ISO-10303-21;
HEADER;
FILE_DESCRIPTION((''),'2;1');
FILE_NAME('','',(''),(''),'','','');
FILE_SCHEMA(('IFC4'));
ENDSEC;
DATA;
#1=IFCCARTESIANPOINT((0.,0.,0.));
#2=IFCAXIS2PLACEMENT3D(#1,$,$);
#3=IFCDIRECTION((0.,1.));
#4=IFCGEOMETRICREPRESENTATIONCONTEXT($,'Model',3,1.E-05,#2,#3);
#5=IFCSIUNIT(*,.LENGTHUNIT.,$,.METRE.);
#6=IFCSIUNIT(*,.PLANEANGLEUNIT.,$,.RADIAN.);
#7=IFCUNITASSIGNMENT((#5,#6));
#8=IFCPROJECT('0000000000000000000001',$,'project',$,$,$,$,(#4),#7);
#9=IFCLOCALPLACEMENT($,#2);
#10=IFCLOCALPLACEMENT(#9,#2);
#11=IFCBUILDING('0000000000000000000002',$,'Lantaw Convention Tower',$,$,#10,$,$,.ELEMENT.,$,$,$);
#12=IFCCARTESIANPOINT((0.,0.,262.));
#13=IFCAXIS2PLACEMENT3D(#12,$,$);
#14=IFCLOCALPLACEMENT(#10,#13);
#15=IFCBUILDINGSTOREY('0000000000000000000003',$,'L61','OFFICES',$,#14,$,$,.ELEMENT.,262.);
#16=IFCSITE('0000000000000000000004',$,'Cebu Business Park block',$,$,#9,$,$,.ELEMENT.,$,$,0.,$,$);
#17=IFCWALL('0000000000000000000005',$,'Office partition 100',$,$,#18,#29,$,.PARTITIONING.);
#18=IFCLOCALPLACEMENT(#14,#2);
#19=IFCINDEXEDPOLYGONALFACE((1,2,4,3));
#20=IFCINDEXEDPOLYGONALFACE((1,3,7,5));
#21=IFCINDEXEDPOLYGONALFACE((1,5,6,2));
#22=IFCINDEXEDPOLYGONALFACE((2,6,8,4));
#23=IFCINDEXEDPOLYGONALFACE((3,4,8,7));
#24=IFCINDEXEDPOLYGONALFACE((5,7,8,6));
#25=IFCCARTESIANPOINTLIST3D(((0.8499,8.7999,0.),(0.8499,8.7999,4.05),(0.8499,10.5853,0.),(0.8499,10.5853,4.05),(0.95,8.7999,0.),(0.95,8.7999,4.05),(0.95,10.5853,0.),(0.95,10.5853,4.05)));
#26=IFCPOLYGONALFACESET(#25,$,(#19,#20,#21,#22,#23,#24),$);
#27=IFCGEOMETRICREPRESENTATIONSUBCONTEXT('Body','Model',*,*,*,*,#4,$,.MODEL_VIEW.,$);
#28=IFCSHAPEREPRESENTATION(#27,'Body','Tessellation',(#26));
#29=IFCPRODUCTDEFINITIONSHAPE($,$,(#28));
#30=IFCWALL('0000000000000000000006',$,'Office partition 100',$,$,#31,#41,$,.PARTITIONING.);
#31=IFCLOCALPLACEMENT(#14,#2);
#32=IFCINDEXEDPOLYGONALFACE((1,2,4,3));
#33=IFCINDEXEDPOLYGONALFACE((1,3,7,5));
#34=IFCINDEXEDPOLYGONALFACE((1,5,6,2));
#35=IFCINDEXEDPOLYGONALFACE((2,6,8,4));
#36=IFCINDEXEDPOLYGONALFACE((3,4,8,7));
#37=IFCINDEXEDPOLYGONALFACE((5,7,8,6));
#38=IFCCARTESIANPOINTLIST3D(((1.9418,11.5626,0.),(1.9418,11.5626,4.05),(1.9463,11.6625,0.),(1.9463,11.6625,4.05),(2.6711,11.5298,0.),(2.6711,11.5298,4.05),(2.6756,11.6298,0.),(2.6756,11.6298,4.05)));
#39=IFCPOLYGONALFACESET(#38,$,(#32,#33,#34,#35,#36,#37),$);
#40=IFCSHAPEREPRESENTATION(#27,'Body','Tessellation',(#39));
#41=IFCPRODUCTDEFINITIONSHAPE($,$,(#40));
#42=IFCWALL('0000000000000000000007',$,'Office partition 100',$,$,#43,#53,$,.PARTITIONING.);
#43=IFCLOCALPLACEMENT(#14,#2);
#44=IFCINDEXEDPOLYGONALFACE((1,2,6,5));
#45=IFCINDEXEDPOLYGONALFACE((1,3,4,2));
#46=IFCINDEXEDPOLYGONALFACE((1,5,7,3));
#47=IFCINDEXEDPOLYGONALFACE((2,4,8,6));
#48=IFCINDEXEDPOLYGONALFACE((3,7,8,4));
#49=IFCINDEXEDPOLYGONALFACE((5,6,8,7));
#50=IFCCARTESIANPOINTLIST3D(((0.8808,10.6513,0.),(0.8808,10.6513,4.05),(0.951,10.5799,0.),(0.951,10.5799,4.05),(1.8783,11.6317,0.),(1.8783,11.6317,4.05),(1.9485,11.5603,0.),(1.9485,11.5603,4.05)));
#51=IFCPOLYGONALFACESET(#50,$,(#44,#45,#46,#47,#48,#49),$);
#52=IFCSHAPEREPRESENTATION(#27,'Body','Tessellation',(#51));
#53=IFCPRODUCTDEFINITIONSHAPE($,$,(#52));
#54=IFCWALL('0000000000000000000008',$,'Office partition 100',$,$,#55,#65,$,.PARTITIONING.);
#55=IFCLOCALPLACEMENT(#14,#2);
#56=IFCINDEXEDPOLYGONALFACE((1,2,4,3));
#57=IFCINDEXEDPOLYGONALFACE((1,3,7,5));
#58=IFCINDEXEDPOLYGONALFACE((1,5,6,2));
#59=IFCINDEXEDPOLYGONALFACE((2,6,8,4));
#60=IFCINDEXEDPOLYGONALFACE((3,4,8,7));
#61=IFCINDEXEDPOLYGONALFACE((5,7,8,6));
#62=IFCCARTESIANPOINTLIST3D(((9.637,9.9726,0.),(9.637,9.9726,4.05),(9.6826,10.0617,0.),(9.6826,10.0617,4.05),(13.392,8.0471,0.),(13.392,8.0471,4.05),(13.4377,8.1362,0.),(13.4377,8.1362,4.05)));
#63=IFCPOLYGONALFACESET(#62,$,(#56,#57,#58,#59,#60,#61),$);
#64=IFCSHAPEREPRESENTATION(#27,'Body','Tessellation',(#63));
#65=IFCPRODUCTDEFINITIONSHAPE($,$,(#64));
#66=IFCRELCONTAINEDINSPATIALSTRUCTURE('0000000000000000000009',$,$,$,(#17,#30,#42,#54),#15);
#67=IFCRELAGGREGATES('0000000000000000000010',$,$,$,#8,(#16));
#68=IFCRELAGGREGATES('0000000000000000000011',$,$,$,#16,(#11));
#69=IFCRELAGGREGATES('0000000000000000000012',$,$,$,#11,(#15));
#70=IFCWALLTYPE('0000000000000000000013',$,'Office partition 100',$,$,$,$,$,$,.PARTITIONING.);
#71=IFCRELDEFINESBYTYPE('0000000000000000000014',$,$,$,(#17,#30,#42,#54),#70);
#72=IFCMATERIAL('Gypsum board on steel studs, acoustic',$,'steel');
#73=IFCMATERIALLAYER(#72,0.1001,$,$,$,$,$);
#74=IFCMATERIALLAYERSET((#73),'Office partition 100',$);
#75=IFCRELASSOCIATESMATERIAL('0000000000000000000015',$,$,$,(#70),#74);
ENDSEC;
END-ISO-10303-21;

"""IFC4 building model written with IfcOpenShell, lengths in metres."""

from ifc_helpers import new_model, si_unit, direction, frame, frame_2d, origin, place, context, subcontext, project, spatial, rectangle, extrude, material, layer, layer_set, type_object, element, save


model = new_model("IFC4")

# Units and contexts
model_context = context("Model", 3, precision=1e-05, world=origin(), true_north=direction((0.0, 1.0)))
body_context = subcontext(model_context, "Body", "Model", "MODEL_VIEW")
ifc_project = project(units=[si_unit("LENGTHUNIT", "METRE"), si_unit("PLANEANGLEUNIT", "RADIAN")], contexts=[model_context])

# Site, building, storey
site_placement = place(None, origin())
site = spatial("IfcSite", under=ifc_project, at=site_placement, Name="Cebu Business Park block", CompositionType="ELEMENT", RefElevation=0.0)
building_placement = place(site_placement, origin())
building = spatial("IfcBuilding", under=site, at=building_placement, Name="Lantaw Convention Tower", CompositionType="ELEMENT")
storey_placement = place(building_placement, frame((0.0, 0.0, 262.0)))
storey = spatial("IfcBuildingStorey", under=building, at=storey_placement, Name="L61", Description="OFFICES", CompositionType="ELEMENT", Elevation=262.0)

# Shared definitions
ifc_material_1 = material(Name="Gypsum board on steel studs, acoustic", Category="steel")
ifc_layer_1 = layer(ifc_material_1, 0.1001)
ifc_layer_set_1 = layer_set([ifc_layer_1], Name="Office partition 100")
wall_type_1 = type_object("IfcWallType", Name="Office partition 100", PredefinedType="PARTITIONING", material=ifc_layer_set_1)

# Walls
wall_1_placement = place(storey_placement, frame((0.8999, 8.8, 0.0), z_axis=(0.0, 0.0, 1.0), x_axis=(0.0, 1.0, 0.0)))
element("IfcWall", 1, at=wall_1_placement, inside=storey, type_object=wall_type_1, Name="Office partition 100", PredefinedType="PARTITIONING", context=body_context, shape_type="SweptSolid", body=[
    extrude(rectangle(XDim=1.7854, YDim=0.1001, at=frame_2d((0.8926, 0.0))), origin(), (0.0, 0.0, 1.0), 4.05),
])
wall_2_placement = place(storey_placement, frame((1.9441, 11.6125, 0.0), z_axis=(0.0, 0.0, 1.0), x_axis=(0.998995, -0.044816, 0.0)))
element("IfcWall", 2, at=wall_2_placement, inside=storey, type_object=wall_type_1, Name="Office partition 100", PredefinedType="PARTITIONING", context=body_context, shape_type="SweptSolid", body=[
    extrude(rectangle(XDim=0.73, YDim=0.1001, at=frame_2d((0.365, 0.0))), origin(), (0.0, 0.0, 1.0), 4.05),
])
wall_3_placement = place(storey_placement, frame((1.9133, 11.5959, 0.0), z_axis=(0.0, 0.0, 1.0), x_axis=(-0.713189, -0.700971, 0.0)))
element("IfcWall", 3, at=wall_3_placement, inside=storey, type_object=wall_type_1, Name="Office partition 100", PredefinedType="PARTITIONING", context=body_context, shape_type="SweptSolid", body=[
    extrude(rectangle(XDim=1.3987, YDim=0.1001, at=frame_2d((0.6992, 0.0))), origin(), (0.0, 0.0, 1.0), 4.05),
])
wall_4_placement = place(storey_placement, frame((9.6599, 10.0171, 0.0), z_axis=(0.0, 0.0, 1.0), x_axis=(0.889834, -0.456285, 0.0)))
element("IfcWall", 4, at=wall_4_placement, inside=storey, type_object=wall_type_1, Name="Office partition 100", PredefinedType="PARTITIONING", context=body_context, shape_type="SweptSolid", body=[
    extrude(rectangle(XDim=4.22, YDim=0.1001, at=frame_2d((2.1099, 0.0))), origin(), (0.0, 0.0, 1.0), 4.05),
])

save(model, "model.ifc")
